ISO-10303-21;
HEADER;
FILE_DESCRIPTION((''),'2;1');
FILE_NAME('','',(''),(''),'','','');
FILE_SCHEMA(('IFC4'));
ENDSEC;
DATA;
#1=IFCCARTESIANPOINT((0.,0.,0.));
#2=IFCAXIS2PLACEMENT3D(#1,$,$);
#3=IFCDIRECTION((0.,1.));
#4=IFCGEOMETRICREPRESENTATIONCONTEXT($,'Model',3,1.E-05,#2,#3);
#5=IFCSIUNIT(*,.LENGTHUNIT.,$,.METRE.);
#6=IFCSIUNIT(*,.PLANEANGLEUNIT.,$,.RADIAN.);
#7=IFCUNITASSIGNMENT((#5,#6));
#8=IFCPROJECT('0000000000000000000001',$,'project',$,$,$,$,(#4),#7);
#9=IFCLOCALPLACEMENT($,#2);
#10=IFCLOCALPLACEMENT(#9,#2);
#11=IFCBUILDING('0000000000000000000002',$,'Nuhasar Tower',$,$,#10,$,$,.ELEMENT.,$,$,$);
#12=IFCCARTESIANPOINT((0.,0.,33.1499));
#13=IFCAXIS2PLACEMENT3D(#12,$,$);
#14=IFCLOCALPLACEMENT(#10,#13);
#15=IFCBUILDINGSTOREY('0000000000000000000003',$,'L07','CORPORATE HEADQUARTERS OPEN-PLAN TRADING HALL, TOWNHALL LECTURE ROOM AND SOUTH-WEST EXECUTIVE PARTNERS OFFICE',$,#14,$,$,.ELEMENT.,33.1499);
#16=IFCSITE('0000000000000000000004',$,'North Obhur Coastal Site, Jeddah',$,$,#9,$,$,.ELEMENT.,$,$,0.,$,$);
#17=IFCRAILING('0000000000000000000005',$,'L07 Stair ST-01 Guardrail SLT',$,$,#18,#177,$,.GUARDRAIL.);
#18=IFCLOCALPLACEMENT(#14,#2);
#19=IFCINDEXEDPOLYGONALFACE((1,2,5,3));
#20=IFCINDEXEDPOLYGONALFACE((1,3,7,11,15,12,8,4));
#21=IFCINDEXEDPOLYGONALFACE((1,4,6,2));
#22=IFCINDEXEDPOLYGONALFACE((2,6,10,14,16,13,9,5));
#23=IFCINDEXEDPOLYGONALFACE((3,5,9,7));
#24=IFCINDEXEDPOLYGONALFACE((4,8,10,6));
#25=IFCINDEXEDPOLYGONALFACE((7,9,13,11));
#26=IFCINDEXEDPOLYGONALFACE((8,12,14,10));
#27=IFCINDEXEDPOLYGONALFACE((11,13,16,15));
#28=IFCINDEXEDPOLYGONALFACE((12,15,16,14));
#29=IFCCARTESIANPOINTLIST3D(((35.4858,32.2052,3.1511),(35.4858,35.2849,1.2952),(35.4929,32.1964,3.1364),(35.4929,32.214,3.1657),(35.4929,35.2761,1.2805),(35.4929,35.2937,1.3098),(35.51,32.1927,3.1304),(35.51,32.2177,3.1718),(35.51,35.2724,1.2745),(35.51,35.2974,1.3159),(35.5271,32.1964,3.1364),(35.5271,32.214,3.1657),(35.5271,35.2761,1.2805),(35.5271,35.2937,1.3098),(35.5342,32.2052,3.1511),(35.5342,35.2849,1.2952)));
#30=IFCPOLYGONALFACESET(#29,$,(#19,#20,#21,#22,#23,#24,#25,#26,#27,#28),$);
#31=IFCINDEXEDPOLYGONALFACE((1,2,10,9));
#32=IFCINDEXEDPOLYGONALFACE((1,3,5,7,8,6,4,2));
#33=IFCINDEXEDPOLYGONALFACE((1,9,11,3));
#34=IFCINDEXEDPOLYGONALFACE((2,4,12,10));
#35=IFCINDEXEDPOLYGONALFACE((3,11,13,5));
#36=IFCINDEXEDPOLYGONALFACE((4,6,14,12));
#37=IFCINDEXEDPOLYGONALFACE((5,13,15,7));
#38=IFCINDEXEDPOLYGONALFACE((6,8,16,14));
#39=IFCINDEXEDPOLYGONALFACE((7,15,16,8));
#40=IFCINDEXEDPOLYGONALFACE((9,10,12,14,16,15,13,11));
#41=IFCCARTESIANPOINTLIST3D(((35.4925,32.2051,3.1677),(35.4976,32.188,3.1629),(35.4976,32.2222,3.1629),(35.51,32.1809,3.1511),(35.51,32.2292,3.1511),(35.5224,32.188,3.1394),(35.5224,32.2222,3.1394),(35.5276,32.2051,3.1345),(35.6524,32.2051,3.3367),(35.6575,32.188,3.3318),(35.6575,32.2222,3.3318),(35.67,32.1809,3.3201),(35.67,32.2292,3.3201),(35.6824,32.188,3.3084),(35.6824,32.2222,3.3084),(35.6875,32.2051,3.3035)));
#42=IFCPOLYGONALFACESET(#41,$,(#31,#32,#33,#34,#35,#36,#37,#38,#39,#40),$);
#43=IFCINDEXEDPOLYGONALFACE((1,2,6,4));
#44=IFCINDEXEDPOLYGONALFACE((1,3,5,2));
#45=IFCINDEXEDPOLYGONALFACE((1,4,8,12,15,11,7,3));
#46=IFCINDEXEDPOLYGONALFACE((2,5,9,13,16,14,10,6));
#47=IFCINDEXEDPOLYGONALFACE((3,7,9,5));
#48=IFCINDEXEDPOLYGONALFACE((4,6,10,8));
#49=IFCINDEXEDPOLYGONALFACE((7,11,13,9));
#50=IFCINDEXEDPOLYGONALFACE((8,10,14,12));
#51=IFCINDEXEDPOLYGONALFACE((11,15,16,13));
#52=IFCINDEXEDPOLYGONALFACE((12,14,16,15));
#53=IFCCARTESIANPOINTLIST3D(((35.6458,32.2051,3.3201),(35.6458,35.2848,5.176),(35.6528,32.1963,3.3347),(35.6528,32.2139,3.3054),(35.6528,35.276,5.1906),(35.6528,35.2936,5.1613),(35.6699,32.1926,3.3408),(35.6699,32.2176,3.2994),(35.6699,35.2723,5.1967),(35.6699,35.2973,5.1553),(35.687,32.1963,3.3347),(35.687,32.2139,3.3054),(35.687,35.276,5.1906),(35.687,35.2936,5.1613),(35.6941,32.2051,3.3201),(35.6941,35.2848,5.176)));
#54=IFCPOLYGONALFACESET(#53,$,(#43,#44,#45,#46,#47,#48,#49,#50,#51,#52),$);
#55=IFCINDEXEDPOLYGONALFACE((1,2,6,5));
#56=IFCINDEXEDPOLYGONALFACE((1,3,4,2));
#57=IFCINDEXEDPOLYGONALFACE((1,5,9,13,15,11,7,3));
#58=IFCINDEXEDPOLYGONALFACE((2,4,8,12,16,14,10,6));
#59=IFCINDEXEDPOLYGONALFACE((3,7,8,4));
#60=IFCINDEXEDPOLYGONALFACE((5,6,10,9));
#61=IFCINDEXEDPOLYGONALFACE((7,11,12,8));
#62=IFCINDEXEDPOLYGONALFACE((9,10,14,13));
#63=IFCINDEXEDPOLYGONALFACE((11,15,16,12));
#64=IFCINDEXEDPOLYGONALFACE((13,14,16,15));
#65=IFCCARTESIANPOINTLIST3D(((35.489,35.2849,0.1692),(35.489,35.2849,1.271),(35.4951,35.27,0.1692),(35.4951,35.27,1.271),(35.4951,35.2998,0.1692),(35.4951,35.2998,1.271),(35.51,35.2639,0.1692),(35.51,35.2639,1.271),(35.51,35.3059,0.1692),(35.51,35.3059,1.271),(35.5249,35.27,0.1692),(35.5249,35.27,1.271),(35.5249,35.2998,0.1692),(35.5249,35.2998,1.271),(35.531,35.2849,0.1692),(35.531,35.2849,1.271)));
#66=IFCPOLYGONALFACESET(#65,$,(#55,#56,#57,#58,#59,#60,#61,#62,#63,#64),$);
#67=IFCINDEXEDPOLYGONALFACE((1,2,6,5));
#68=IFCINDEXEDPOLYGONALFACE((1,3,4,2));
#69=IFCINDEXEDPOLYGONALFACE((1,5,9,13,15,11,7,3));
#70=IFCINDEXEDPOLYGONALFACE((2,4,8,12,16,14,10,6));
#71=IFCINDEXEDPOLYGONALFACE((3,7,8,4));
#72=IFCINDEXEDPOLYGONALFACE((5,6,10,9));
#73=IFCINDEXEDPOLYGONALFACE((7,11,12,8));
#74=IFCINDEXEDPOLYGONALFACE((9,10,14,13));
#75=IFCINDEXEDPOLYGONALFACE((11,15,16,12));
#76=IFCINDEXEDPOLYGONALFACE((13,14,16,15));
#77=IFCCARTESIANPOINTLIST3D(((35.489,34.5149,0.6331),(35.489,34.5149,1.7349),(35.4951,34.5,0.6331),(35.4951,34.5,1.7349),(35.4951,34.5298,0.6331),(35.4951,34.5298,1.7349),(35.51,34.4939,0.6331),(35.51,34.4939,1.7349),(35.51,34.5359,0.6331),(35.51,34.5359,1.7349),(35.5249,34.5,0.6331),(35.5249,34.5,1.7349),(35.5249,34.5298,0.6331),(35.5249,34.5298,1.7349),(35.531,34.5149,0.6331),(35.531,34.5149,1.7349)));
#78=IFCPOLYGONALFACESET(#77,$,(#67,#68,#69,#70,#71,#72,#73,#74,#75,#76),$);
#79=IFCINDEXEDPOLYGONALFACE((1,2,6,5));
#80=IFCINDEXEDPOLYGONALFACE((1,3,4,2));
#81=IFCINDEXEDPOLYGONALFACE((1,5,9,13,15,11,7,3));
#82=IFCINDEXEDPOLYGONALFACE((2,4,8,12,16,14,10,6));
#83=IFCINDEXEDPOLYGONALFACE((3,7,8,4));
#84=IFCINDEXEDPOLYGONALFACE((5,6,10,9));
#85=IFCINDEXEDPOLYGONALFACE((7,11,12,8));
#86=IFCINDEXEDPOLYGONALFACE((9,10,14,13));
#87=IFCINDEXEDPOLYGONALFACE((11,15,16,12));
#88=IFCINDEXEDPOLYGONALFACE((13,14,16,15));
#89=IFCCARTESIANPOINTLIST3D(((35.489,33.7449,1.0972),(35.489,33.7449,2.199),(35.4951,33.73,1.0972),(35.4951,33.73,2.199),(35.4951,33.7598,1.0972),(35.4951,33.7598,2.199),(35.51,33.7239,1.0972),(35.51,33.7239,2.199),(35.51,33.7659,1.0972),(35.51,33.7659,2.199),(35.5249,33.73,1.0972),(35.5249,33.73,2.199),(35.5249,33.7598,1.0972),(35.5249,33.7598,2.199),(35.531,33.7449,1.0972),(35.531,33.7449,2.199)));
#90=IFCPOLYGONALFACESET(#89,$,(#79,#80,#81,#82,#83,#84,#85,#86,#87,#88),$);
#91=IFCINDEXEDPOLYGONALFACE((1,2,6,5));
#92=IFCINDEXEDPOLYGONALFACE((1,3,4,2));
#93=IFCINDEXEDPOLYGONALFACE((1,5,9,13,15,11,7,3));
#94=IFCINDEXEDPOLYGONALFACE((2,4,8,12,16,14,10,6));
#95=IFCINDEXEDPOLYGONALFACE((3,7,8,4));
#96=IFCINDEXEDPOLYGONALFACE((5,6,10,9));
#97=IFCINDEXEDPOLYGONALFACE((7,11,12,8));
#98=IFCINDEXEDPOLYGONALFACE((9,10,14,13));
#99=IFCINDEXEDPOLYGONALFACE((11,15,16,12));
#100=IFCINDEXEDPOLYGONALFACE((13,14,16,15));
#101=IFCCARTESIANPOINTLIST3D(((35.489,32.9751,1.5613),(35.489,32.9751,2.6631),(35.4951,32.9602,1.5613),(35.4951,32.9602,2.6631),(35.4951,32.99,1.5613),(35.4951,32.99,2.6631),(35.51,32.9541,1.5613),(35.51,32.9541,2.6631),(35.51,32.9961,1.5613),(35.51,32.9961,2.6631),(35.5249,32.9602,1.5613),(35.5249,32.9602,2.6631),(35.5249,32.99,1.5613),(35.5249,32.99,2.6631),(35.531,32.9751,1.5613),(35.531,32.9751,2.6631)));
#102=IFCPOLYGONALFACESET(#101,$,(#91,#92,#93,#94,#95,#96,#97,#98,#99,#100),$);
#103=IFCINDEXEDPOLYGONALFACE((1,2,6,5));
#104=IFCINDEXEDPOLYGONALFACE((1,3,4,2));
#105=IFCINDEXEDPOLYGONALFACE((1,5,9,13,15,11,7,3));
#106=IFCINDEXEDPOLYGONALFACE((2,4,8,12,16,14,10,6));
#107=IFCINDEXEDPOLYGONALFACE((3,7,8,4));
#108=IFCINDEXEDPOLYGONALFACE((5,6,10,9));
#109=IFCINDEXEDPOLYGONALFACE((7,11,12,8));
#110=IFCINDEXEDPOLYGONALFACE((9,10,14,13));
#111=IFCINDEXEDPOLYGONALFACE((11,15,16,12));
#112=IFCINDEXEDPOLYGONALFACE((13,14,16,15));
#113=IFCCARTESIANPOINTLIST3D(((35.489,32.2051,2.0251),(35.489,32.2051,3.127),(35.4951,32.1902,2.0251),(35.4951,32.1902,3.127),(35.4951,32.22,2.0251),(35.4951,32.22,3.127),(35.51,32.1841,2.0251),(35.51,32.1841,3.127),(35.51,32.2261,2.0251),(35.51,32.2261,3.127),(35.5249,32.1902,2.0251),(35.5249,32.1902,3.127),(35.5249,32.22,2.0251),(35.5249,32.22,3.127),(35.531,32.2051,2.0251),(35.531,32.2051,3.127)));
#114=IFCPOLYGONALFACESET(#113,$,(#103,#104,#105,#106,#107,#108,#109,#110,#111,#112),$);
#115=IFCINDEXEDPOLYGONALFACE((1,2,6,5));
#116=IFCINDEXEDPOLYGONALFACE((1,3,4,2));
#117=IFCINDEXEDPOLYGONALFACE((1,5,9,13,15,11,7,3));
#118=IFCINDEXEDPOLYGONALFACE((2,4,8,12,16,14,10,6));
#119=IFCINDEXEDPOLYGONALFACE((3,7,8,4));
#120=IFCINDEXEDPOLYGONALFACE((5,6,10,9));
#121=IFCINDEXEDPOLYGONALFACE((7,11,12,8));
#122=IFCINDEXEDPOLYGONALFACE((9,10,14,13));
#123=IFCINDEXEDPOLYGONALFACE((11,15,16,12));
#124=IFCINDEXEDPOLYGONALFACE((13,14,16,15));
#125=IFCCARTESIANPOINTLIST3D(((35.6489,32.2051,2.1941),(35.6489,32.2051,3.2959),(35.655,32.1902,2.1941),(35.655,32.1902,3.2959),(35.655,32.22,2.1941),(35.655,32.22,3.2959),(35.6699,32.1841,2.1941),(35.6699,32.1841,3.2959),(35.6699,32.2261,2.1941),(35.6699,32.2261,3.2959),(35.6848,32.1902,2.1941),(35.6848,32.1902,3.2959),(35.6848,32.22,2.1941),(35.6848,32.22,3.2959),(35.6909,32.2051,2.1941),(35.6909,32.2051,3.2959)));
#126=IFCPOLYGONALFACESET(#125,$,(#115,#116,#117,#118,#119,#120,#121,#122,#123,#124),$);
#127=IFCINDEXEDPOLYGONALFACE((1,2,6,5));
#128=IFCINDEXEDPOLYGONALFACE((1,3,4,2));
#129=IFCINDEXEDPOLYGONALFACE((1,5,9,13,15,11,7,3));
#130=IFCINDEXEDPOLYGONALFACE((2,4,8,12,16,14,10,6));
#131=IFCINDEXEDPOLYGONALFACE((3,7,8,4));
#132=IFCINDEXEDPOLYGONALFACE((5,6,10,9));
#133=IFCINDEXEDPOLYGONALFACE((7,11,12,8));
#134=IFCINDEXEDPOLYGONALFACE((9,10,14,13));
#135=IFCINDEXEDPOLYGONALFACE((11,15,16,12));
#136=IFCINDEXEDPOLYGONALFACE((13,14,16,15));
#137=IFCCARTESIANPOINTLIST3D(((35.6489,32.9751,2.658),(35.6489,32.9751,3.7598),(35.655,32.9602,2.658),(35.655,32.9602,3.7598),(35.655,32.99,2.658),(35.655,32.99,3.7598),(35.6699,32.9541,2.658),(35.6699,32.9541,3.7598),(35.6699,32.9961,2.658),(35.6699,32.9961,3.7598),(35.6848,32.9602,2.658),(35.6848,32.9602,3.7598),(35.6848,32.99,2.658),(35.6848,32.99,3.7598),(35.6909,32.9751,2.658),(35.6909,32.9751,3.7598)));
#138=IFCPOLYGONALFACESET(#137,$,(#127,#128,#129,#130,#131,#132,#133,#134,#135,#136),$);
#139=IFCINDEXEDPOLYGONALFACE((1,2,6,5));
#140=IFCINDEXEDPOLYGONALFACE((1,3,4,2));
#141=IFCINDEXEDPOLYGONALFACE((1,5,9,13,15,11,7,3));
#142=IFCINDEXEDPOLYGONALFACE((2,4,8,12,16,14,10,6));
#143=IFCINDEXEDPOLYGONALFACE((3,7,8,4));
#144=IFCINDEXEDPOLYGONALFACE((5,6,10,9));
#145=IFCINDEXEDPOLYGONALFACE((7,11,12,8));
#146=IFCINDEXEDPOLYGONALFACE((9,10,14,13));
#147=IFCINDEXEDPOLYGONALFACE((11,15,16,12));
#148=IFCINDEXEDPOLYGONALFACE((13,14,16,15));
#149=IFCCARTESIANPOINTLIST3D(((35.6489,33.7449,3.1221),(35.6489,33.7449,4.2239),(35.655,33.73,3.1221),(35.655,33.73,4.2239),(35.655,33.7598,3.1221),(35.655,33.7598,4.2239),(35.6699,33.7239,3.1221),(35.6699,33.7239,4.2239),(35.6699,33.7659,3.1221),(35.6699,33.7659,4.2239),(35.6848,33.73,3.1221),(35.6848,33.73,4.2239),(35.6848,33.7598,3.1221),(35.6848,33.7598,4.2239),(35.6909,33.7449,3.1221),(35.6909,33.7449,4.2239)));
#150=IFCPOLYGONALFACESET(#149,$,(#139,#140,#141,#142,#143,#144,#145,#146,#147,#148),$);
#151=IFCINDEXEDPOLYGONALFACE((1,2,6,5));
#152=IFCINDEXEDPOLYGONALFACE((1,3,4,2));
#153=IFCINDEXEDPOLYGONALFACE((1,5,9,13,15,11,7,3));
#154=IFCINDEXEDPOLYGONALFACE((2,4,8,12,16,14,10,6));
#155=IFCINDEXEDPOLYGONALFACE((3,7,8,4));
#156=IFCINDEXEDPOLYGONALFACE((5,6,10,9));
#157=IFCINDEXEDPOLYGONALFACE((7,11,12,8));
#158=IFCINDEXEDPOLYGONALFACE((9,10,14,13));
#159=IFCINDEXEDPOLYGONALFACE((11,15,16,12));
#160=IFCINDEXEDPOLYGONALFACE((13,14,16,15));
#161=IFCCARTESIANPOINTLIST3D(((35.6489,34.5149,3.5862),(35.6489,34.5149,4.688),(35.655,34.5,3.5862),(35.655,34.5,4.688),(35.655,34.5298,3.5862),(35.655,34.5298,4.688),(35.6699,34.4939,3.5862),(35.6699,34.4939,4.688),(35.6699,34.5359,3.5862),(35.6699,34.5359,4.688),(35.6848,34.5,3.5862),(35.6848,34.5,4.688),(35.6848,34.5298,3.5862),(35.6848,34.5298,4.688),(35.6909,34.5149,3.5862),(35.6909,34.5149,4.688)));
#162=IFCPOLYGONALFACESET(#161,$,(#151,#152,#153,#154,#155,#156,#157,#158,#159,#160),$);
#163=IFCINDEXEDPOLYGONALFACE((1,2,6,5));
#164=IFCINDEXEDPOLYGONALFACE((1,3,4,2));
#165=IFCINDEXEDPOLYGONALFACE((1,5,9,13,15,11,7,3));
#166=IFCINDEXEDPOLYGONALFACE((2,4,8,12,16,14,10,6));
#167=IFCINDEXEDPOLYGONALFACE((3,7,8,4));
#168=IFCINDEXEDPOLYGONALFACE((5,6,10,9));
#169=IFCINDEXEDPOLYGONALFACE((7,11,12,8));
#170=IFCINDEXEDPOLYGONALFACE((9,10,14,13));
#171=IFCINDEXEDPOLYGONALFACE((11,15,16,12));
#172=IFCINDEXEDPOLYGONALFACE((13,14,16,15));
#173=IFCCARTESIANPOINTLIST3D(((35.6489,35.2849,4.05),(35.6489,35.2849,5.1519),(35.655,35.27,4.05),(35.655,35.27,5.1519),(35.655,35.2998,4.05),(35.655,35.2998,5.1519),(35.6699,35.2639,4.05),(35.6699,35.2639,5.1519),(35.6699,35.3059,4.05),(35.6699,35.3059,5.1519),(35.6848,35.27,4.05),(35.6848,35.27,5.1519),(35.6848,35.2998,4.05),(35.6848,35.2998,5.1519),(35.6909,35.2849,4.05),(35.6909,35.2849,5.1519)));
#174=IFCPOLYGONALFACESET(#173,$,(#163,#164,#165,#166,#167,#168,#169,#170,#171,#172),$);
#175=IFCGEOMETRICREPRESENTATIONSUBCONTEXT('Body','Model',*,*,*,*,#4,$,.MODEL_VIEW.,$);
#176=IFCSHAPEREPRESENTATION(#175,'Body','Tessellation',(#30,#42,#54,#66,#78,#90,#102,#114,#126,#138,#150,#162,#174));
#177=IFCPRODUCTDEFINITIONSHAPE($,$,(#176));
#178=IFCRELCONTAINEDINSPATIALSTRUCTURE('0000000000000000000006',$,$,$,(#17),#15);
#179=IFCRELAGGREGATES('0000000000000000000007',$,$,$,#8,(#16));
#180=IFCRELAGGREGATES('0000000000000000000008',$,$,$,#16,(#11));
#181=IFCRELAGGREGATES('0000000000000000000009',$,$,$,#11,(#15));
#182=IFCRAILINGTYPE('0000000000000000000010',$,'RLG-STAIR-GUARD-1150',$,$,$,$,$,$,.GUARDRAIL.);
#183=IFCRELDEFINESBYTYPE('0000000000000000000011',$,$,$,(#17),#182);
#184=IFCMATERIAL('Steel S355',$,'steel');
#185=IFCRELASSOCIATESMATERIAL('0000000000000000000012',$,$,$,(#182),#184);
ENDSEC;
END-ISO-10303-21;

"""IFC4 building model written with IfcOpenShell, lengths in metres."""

from ifc_helpers import new_model, si_unit, direction, frame, origin, place, context, subcontext, project, spatial, polyline, outline, extrude, material, type_object, element, save


model = new_model("IFC4")

# Units and contexts
model_context = context("Model", 3, precision=1e-05, world=origin(), true_north=direction((0.0, 1.0)))
body_context = subcontext(model_context, "Body", "Model", "MODEL_VIEW")
ifc_project = project(units=[si_unit("LENGTHUNIT", "METRE"), si_unit("PLANEANGLEUNIT", "RADIAN")], contexts=[model_context])

# Site, building, storey
site_placement = place(None, origin())
site = spatial("IfcSite", under=ifc_project, at=site_placement, Name="North Obhur Coastal Site, Jeddah", CompositionType="ELEMENT", RefElevation=0.0)
building_placement = place(site_placement, origin())
building = spatial("IfcBuilding", under=site, at=building_placement, Name="Nuhasar Tower", CompositionType="ELEMENT")
storey_placement = place(building_placement, frame((0.0, 0.0, 33.1499)))
storey = spatial("IfcBuildingStorey", under=building, at=storey_placement, Name="L07", Description="CORPORATE HEADQUARTERS OPEN-PLAN TRADING HALL, TOWNHALL LECTURE ROOM AND SOUTH-WEST EXECUTIVE PARTNERS OFFICE", CompositionType="ELEMENT", Elevation=33.1499)

# Shared definitions
ifc_material_1 = material(Name="Steel S355", Category="steel")

# Railing
railing_type_1 = type_object("IfcRailingType", Name="RLG-STAIR-GUARD-1150", PredefinedType="GUARDRAIL", material=ifc_material_1)
railing_1_placement = place(storey_placement, frame((35.51, 35.2849, 0.1692)))
element("IfcRailing", 1, at=railing_1_placement, inside=storey, type_object=railing_type_1, Name="L07 Stair ST-01 Guardrail SLT", PredefinedType="GUARDRAIL", context=body_context, shape_type="SweptSolid", body=[
    extrude(outline(polyline([(0.0242, 0.0), (0.0171, 0.0171), (0.0, 0.0242), (-0.0171, 0.0171), (-0.0242, 0.0), (-0.0171, -0.0171), (0.0, -0.0242), (0.0171, -0.0171), (0.0242, 0.0)])), frame((0.0, 0.0, 1.126), z_axis=(0.0, -0.856503, 0.516142), x_axis=(1.0, 0.0, 0.0)), (0.0, 0.0, 1.0), 3.5957),
    extrude(outline(polyline([(0.0242, 0.0), (0.0171, 0.0171), (0.0, 0.0242), (-0.0171, 0.0171), (-0.0242, 0.0), (-0.0171, -0.0171), (0.0, -0.0242), (0.0171, -0.0171), (0.0242, 0.0)])), frame((0.0, -3.0798, 2.9819), z_axis=(0.687424, 0.0, 0.726256), x_axis=(0.0, 1.0, 0.0)), (0.0, 0.0, 1.0), 0.2327),
    extrude(outline(polyline([(0.0242, 0.0), (0.0171, 0.0171), (0.0, 0.0242), (-0.0171, 0.0171), (-0.0242, 0.0), (-0.0171, -0.0171), (0.0, -0.0242), (0.0171, -0.0171), (0.0242, 0.0)])), frame((0.1599, -3.0798, 3.1509), z_axis=(0.0, 0.856503, 0.516142), x_axis=(-1.0, 0.0, 0.0)), (0.0, 0.0, 1.0), 3.5957),
    extrude(outline(polyline([(0.021, 0.0), (0.0149, 0.0149), (0.0, 0.021), (-0.0149, 0.0149), (-0.021, 0.0), (-0.0149, -0.0149), (0.0, -0.021), (0.0149, -0.0149), (0.021, 0.0)])), origin(), (0.0, 0.0, 1.0), 1.1018),
    extrude(outline(polyline([(0.021, 0.0), (0.0149, 0.0149), (0.0, 0.021), (-0.0149, 0.0149), (-0.021, 0.0), (-0.0149, -0.0149), (0.0, -0.021), (0.0149, -0.0149), (0.021, 0.0)])), frame((0.0, -0.77, 0.4639)), (0.0, 0.0, 1.0), 1.1018),
    extrude(outline(polyline([(0.021, 0.0), (0.0149, 0.0149), (0.0, 0.021), (-0.0149, 0.0149), (-0.021, 0.0), (-0.0149, -0.0149), (0.0, -0.021), (0.0149, -0.0149), (0.021, 0.0)])), frame((0.0, -1.54, 0.928)), (0.0, 0.0, 1.0), 1.1018),
    extrude(outline(polyline([(0.021, 0.0), (0.0149, 0.0149), (0.0, 0.021), (-0.0149, 0.0149), (-0.021, 0.0), (-0.0149, -0.0149), (0.0, -0.021), (0.0149, -0.0149), (0.021, 0.0)])), frame((0.0, -2.3098, 1.3921)), (0.0, 0.0, 1.0), 1.1018),
    extrude(outline(polyline([(0.021, 0.0), (0.0149, 0.0149), (0.0, 0.021), (-0.0149, 0.0149), (-0.021, 0.0), (-0.0149, -0.0149), (0.0, -0.021), (0.0149, -0.0149), (0.021, 0.0)])), frame((0.0, -3.0798, 1.856)), (0.0, 0.0, 1.0), 1.1018),
    extrude(outline(polyline([(0.021, 0.0), (0.0149, 0.0149), (0.0, 0.021), (-0.0149, 0.0149), (-0.021, 0.0), (-0.0149, -0.0149), (0.0, -0.021), (0.0149, -0.0149), (0.021, 0.0)])), frame((0.1599, -3.0798, 2.0249)), (0.0, 0.0, 1.0), 1.1018),
    extrude(outline(polyline([(0.021, 0.0), (0.0149, 0.0149), (0.0, 0.021), (-0.0149, 0.0149), (-0.021, 0.0), (-0.0149, -0.0149), (0.0, -0.021), (0.0149, -0.0149), (0.021, 0.0)])), frame((0.1599, -2.3098, 2.4888)), (0.0, 0.0, 1.0), 1.1018),
    extrude(outline(polyline([(0.021, 0.0), (0.0149, 0.0149), (0.0, 0.021), (-0.0149, 0.0149), (-0.021, 0.0), (-0.0149, -0.0149), (0.0, -0.021), (0.0149, -0.0149), (0.021, 0.0)])), frame((0.1599, -1.54, 2.9529)), (0.0, 0.0, 1.0), 1.1018),
    extrude(outline(polyline([(0.021, 0.0), (0.0149, 0.0149), (0.0, 0.021), (-0.0149, 0.0149), (-0.021, 0.0), (-0.0149, -0.0149), (0.0, -0.021), (0.0149, -0.0149), (0.021, 0.0)])), frame((0.1599, -0.77, 3.417)), (0.0, 0.0, 1.0), 1.1018),
    extrude(outline(polyline([(0.021, 0.0), (0.0149, 0.0149), (0.0, 0.021), (-0.0149, 0.0149), (-0.021, 0.0), (-0.0149, -0.0149), (0.0, -0.021), (0.0149, -0.0149), (0.021, 0.0)])), frame((0.1599, 0.0, 3.8809)), (0.0, 0.0, 1.0), 1.1018),
])

save(model, "model.ifc")
